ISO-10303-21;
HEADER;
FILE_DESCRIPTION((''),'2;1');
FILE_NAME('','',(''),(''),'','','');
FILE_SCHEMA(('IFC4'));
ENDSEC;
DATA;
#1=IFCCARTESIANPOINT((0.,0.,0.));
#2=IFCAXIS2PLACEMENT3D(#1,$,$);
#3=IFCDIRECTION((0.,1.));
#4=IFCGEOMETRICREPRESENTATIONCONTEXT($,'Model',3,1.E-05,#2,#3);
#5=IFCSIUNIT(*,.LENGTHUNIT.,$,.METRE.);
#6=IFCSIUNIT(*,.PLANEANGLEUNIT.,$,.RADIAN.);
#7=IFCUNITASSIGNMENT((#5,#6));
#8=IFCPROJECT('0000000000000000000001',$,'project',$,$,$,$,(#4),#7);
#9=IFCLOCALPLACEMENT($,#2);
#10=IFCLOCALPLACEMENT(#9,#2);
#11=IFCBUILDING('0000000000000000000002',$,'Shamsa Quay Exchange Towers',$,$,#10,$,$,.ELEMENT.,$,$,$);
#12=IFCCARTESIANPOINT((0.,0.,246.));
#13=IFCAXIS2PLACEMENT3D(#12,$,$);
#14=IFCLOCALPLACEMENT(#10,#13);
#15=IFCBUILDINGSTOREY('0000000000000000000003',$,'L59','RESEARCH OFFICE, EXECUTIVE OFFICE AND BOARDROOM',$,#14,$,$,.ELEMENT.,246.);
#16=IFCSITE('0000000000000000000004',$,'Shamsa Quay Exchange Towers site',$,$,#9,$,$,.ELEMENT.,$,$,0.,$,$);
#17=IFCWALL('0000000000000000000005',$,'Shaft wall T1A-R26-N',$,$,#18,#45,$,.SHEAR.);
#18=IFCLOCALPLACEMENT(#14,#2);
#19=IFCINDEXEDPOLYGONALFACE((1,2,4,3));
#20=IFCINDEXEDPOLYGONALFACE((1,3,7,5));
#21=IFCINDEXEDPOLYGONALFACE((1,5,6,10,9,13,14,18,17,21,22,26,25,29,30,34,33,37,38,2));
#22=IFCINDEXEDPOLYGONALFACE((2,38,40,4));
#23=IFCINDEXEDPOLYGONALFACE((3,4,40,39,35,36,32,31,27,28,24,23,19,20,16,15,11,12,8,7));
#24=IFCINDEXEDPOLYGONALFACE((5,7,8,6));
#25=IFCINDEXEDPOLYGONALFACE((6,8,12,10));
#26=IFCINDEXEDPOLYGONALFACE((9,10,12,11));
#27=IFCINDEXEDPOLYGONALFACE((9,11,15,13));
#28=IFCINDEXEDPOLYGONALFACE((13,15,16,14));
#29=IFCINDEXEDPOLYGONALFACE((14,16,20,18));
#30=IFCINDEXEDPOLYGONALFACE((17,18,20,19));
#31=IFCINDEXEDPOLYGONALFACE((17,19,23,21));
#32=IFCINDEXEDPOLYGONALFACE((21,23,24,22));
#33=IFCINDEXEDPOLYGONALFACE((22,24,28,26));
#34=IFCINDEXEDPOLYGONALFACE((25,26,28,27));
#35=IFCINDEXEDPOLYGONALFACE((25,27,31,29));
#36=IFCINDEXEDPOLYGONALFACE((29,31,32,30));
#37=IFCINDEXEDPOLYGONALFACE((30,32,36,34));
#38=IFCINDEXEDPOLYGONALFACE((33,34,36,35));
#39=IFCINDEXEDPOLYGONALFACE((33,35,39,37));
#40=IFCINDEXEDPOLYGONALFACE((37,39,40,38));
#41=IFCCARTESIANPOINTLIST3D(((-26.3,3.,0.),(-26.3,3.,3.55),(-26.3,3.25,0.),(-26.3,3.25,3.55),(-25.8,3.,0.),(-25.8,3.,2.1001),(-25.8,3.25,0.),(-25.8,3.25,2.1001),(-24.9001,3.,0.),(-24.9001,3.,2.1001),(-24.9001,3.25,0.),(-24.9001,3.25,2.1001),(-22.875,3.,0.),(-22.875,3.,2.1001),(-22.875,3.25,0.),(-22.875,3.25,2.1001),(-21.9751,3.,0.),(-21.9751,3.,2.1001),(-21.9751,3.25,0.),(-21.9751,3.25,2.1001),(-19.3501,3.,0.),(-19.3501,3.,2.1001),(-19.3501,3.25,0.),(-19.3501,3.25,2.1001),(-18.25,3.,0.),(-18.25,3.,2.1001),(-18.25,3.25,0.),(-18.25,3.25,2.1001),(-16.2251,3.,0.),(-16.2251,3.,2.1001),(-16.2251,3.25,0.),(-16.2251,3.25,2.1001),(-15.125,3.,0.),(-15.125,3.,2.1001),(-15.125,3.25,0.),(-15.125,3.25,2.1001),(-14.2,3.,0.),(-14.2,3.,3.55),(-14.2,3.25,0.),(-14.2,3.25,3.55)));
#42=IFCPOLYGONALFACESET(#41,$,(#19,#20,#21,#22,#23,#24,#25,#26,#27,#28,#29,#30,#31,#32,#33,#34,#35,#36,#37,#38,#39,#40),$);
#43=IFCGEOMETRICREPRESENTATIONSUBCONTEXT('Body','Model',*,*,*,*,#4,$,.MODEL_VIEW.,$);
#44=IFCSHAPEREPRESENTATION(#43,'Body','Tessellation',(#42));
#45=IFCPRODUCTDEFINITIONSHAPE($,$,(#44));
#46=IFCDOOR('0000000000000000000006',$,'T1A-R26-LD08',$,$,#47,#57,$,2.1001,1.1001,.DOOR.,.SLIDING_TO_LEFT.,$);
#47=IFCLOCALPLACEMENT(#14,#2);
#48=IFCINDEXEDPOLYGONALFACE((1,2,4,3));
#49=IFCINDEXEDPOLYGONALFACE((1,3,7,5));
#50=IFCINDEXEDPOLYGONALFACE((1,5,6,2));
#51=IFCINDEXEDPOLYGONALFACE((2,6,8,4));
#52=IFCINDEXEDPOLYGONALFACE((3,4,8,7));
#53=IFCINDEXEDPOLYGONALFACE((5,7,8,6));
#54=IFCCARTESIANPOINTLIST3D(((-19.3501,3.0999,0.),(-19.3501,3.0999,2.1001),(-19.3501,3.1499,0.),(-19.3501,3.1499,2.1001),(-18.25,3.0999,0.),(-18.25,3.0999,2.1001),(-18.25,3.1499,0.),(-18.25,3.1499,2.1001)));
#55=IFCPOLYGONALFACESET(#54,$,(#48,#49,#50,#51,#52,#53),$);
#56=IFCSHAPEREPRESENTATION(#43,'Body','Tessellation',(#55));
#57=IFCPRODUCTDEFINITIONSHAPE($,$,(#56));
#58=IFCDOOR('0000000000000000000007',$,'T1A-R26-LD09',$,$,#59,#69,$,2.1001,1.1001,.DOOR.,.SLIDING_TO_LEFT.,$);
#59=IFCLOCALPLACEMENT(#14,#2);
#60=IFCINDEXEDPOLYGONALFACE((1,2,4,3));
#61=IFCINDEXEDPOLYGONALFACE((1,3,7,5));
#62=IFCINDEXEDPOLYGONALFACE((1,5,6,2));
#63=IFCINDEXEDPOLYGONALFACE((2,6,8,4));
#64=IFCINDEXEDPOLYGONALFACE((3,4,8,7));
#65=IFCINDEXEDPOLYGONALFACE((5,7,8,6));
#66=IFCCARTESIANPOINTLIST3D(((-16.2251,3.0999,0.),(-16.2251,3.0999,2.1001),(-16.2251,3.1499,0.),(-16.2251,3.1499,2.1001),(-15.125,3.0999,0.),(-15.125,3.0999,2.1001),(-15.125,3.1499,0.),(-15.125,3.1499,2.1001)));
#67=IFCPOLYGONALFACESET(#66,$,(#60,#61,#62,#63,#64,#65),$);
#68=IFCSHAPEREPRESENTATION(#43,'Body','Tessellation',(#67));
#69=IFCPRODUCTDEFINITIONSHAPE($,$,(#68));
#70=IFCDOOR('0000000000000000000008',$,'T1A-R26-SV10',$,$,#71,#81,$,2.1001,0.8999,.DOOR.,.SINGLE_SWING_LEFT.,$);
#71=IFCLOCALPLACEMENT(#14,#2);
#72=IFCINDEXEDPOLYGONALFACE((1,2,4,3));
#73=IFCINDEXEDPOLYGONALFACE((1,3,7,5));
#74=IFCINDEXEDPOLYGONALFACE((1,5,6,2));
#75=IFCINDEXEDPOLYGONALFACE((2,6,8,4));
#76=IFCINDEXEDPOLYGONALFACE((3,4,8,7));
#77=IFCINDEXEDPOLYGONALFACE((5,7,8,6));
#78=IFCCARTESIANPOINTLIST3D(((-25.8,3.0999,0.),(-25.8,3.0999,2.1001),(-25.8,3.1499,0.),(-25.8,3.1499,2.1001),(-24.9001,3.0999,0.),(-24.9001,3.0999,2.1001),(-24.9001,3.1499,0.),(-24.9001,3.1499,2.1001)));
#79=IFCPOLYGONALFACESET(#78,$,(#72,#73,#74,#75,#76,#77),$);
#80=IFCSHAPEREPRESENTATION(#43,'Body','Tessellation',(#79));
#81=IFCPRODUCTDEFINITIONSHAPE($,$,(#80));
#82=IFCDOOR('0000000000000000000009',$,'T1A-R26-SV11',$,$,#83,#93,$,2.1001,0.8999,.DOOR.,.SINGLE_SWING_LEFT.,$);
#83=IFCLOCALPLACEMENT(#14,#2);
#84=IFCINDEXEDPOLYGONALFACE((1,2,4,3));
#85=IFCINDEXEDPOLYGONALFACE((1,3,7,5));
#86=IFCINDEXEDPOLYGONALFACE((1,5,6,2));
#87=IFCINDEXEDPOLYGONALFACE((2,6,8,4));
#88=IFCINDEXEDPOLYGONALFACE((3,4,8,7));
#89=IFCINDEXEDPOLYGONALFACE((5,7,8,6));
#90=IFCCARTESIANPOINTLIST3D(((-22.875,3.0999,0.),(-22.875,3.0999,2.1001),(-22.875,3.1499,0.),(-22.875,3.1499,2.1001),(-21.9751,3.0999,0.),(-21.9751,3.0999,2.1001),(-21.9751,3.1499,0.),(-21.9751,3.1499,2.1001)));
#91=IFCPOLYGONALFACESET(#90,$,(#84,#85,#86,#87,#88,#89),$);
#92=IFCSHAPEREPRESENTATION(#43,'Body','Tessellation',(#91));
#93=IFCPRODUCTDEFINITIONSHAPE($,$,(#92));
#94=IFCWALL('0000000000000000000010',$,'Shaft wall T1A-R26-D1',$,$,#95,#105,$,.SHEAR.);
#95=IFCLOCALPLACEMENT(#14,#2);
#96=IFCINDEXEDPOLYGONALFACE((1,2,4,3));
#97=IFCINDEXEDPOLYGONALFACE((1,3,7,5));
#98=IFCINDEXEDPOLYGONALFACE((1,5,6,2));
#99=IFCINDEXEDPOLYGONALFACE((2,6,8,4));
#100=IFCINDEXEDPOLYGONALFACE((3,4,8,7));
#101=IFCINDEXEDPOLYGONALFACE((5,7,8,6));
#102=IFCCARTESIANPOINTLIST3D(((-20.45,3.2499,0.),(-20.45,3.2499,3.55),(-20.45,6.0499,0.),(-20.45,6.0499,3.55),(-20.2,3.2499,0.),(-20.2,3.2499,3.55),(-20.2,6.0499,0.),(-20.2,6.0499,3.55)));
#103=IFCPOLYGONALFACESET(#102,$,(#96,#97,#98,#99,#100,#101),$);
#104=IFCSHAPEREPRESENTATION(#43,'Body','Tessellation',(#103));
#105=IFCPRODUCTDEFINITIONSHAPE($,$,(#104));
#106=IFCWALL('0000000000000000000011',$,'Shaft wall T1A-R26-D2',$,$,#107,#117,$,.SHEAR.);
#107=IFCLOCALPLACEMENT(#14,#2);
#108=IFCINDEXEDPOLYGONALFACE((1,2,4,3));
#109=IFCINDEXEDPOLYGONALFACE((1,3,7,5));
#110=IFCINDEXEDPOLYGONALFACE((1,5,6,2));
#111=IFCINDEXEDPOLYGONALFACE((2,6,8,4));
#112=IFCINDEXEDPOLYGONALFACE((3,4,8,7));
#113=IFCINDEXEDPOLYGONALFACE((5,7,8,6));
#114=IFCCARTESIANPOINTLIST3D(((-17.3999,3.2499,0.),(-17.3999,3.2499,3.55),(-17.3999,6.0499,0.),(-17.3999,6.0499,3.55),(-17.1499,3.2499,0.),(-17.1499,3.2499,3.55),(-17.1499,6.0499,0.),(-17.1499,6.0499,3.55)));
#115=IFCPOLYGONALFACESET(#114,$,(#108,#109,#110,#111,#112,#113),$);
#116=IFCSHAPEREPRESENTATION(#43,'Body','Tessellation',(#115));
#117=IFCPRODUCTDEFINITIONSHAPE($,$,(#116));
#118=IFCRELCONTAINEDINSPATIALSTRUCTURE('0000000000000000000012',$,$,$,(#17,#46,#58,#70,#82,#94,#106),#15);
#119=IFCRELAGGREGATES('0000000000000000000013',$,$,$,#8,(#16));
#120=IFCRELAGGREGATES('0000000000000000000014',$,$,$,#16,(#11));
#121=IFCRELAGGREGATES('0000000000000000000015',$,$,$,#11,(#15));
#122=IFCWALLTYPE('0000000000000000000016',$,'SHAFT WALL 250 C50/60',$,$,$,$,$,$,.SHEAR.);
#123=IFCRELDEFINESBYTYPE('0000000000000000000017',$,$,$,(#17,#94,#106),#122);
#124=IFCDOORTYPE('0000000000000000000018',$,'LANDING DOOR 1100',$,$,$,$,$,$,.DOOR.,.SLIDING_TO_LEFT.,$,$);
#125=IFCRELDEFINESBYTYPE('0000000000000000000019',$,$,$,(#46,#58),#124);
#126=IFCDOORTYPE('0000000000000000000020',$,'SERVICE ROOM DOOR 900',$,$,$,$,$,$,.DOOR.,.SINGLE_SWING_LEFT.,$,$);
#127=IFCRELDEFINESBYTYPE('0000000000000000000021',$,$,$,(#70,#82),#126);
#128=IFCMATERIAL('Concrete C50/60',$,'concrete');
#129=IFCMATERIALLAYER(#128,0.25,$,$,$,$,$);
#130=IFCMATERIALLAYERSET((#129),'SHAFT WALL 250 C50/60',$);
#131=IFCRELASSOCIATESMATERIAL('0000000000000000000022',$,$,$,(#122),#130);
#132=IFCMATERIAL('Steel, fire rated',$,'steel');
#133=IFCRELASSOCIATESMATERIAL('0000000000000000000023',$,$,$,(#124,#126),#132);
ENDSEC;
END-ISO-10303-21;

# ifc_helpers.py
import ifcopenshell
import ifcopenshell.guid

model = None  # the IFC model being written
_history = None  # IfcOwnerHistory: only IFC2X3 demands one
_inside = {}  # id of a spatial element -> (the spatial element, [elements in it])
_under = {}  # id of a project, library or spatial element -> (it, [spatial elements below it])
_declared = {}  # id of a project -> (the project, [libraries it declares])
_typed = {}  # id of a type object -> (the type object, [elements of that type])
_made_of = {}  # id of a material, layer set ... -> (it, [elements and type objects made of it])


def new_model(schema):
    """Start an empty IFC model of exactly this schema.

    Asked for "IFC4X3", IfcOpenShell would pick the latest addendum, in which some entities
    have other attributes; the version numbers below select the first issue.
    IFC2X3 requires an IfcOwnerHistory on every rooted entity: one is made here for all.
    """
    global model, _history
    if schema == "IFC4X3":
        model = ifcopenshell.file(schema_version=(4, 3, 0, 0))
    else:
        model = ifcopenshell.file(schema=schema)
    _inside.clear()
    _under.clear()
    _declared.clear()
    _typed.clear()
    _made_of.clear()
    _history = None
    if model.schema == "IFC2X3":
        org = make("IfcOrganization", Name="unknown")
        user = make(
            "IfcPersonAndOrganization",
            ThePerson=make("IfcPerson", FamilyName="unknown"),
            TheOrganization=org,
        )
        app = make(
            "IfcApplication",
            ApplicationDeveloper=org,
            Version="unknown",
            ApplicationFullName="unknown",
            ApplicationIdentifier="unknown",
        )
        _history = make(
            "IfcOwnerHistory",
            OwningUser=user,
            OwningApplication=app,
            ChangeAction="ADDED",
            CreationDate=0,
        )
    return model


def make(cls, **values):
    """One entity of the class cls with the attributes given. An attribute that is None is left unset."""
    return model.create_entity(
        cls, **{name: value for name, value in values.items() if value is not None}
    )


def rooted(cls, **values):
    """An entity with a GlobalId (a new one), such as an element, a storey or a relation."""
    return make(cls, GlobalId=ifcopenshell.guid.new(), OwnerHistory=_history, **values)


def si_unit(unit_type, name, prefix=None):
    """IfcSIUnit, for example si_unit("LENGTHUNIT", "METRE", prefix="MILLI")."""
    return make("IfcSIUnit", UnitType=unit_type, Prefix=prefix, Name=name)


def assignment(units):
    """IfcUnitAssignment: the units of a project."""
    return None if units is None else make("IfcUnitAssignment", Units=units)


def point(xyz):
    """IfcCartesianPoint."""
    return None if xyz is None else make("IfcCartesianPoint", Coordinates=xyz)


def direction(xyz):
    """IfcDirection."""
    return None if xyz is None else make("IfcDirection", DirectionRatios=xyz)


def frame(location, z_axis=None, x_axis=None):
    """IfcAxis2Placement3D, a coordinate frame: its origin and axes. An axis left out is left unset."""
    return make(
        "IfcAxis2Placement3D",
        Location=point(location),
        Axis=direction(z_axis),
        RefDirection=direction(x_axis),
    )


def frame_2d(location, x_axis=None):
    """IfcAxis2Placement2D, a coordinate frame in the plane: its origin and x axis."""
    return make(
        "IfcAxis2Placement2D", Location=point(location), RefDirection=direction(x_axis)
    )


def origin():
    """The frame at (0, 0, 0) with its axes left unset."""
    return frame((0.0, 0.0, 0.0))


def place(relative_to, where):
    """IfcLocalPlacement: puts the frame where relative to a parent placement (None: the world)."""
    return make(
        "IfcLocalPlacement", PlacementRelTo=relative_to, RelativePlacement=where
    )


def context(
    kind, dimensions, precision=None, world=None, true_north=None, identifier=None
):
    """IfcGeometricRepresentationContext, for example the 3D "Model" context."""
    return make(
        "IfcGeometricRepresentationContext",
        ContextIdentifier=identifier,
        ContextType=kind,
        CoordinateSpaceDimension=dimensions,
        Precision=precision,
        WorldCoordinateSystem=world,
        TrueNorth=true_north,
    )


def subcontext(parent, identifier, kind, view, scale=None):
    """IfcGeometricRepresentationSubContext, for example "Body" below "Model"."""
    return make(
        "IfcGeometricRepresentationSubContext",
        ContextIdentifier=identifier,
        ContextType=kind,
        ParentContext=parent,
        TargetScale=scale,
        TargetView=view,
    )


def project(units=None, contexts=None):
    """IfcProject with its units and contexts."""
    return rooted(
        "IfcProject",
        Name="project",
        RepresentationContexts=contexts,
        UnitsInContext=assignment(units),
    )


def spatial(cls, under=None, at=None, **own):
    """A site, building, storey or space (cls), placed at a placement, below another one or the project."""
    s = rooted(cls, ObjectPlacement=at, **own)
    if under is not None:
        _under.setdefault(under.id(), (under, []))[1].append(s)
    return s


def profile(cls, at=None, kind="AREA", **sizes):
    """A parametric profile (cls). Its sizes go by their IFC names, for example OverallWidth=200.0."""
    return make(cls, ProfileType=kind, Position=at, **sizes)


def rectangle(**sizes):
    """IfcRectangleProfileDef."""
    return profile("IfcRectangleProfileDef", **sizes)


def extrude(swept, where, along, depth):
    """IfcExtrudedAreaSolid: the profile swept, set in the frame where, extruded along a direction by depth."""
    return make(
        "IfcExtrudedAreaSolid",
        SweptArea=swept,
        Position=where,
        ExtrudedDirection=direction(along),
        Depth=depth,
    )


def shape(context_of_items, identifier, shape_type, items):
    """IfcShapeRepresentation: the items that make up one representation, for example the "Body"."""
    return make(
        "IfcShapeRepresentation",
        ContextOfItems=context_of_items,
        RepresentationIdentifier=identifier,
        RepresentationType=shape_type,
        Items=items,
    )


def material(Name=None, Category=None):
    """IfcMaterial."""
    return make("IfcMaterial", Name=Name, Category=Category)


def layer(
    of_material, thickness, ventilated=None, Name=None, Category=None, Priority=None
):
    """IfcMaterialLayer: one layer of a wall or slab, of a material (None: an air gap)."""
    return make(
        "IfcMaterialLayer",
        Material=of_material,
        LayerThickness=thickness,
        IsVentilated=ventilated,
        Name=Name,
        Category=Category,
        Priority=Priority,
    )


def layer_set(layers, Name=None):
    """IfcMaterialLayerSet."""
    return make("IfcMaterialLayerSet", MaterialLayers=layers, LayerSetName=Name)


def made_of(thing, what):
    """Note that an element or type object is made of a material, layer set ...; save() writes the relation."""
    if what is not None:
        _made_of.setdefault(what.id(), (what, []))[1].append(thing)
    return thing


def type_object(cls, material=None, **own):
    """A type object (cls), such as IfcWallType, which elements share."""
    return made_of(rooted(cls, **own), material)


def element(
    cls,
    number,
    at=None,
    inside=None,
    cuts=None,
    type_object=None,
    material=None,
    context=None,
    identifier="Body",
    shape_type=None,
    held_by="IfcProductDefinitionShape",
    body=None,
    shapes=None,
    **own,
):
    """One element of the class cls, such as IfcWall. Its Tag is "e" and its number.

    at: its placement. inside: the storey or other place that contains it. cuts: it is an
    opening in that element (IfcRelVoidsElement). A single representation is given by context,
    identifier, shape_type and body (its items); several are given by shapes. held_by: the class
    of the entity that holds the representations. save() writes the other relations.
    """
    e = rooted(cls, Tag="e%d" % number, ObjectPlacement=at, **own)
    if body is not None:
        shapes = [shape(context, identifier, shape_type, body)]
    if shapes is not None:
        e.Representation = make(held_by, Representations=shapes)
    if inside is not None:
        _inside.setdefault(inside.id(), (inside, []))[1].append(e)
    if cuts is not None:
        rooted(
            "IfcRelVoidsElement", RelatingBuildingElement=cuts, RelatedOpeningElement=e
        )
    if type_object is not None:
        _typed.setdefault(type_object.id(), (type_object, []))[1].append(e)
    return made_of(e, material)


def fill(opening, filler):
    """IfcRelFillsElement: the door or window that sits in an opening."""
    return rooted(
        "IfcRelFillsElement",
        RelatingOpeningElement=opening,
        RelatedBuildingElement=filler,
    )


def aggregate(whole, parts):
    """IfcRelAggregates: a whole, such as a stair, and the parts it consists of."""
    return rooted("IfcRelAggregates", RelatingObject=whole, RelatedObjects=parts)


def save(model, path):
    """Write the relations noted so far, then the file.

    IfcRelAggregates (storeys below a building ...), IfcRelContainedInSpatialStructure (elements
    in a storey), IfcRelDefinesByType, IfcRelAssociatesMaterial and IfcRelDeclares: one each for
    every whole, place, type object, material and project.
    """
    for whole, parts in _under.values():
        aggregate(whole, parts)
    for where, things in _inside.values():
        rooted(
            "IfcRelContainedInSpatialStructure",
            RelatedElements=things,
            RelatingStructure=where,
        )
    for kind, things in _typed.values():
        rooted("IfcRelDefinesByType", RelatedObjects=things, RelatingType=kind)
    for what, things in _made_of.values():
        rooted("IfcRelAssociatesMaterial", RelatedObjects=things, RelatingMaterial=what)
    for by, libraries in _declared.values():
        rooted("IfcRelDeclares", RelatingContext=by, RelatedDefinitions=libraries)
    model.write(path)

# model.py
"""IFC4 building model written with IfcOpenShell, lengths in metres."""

from ifc_helpers import new_model, si_unit, direction, frame, frame_2d, origin, place, context, subcontext, project, spatial, rectangle, extrude, material, layer, layer_set, type_object, element, fill, save


model = new_model("IFC4")

# Units and contexts
model_context = context("Model", 3, precision=1e-05, world=origin(), true_north=direction((0.0, 1.0)))
body_context = subcontext(model_context, "Body", "Model", "MODEL_VIEW")
ifc_project = project(units=[si_unit("LENGTHUNIT", "METRE"), si_unit("PLANEANGLEUNIT", "RADIAN")], contexts=[model_context])

# Site, building, storey
site_placement = place(None, origin())
site = spatial("IfcSite", under=ifc_project, at=site_placement, Name="Shamsa Quay Exchange Towers site", CompositionType="ELEMENT", RefElevation=0.0)
building_placement = place(site_placement, origin())
building = spatial("IfcBuilding", under=site, at=building_placement, Name="Shamsa Quay Exchange Towers", CompositionType="ELEMENT")
storey_placement = place(building_placement, frame((0.0, 0.0, 246.0)))
storey = spatial("IfcBuildingStorey", under=building, at=storey_placement, Name="L59", Description="RESEARCH OFFICE, EXECUTIVE OFFICE AND BOARDROOM", CompositionType="ELEMENT", Elevation=246.0)

# Shared definitions
ifc_material_1 = material(Name="Steel, fire rated", Category="steel")

# Wall, openings, doors
ifc_material_2 = material(Name="Concrete C50/60", Category="concrete")
ifc_layer_1 = layer(ifc_material_2, 0.25)
ifc_layer_set_1 = layer_set([ifc_layer_1], Name="SHAFT WALL 250 C50/60")
wall_type_1 = type_object("IfcWallType", Name="SHAFT WALL 250 C50/60", PredefinedType="SHEAR", material=ifc_layer_set_1)
wall_1_placement = place(storey_placement, frame((-26.3, 3.125, 0.0)))
wall_1 = element("IfcWall", 1, at=wall_1_placement, inside=storey, type_object=wall_type_1, Name="Shaft wall T1A-R26-N", PredefinedType="SHEAR", context=body_context, shape_type="SweptSolid", body=[
    extrude(rectangle(XDim=12.1001, YDim=0.25, at=frame_2d((6.05, 0.0))), origin(), (0.0, 0.0, 1.0), 3.55),
])
opening_1_placement = place(wall_1_placement, frame((6.95, 0.0, 0.0)))
opening_1 = element("IfcOpeningElement", 2, at=opening_1_placement, cuts=wall_1, PredefinedType="OPENING", context=body_context, shape_type="SweptSolid", body=[
    extrude(rectangle(XDim=1.1001, YDim=2.1001, at=frame_2d((0.55, 1.05))), frame((0.0, 0.135, 0.0), z_axis=(0.0, -1.0, 0.0), x_axis=(1.0, 0.0, 0.0)), (0.0, 0.0, 1.0), 0.27),
])
opening_2_placement = place(wall_1_placement, frame((10.075, 0.0, 0.0)))
opening_2 = element("IfcOpeningElement", 3, at=opening_2_placement, cuts=wall_1, PredefinedType="OPENING", context=body_context, shape_type="SweptSolid", body=[
    extrude(rectangle(XDim=1.1001, YDim=2.1001, at=frame_2d((0.55, 1.05))), frame((0.0, 0.135, 0.0), z_axis=(0.0, -1.0, 0.0), x_axis=(1.0, 0.0, 0.0)), (0.0, 0.0, 1.0), 0.27),
])
opening_3_placement = place(wall_1_placement, frame((0.5, 0.0, 0.0)))
opening_3 = element("IfcOpeningElement", 4, at=opening_3_placement, cuts=wall_1, PredefinedType="OPENING", context=body_context, shape_type="SweptSolid", body=[
    extrude(rectangle(XDim=0.8999, YDim=2.1001, at=frame_2d((0.45, 1.05))), frame((0.0, 0.135, 0.0), z_axis=(0.0, -1.0, 0.0), x_axis=(1.0, 0.0, 0.0)), (0.0, 0.0, 1.0), 0.27),
])
opening_4_placement = place(wall_1_placement, frame((3.425, 0.0, 0.0)))
opening_4 = element("IfcOpeningElement", 5, at=opening_4_placement, cuts=wall_1, PredefinedType="OPENING", context=body_context, shape_type="SweptSolid", body=[
    extrude(rectangle(XDim=0.8999, YDim=2.1001, at=frame_2d((0.45, 1.05))), frame((0.0, 0.135, 0.0), z_axis=(0.0, -1.0, 0.0), x_axis=(1.0, 0.0, 0.0)), (0.0, 0.0, 1.0), 0.27),
])
door_type_1 = type_object("IfcDoorType", Name="LANDING DOOR 1100", OperationType="SLIDING_TO_LEFT", PredefinedType="DOOR", material=ifc_material_1)
door_1_placement = place(opening_1_placement, origin())
door_1 = element("IfcDoor", 6, at=door_1_placement, inside=storey, type_object=door_type_1, Name="T1A-R26-LD08", OperationType="SLIDING_TO_LEFT", OverallHeight=2.1001, OverallWidth=1.1001, PredefinedType="DOOR", context=body_context, shape_type="SweptSolid", body=[
    extrude(rectangle(XDim=1.1001, YDim=2.1001, at=frame_2d((0.55, 1.05))), frame((0.0, 0.0249, 0.0), z_axis=(0.0, -1.0, 0.0), x_axis=(1.0, 0.0, 0.0)), (0.0, 0.0, 1.0), 0.05),
])
fill(opening_1, door_1)
door_2_placement = place(opening_2_placement, origin())
door_2 = element("IfcDoor", 7, at=door_2_placement, inside=storey, type_object=door_type_1, Name="T1A-R26-LD09", OperationType="SLIDING_TO_LEFT", OverallHeight=2.1001, OverallWidth=1.1001, PredefinedType="DOOR", context=body_context, shape_type="SweptSolid", body=[
    extrude(rectangle(XDim=1.1001, YDim=2.1001, at=frame_2d((0.55, 1.05))), frame((0.0, 0.0249, 0.0), z_axis=(0.0, -1.0, 0.0), x_axis=(1.0, 0.0, 0.0)), (0.0, 0.0, 1.0), 0.05),
])
fill(opening_2, door_2)
door_type_2 = type_object("IfcDoorType", Name="SERVICE ROOM DOOR 900", OperationType="SINGLE_SWING_LEFT", PredefinedType="DOOR", material=ifc_material_1)
door_3_placement = place(opening_3_placement, origin())
door_3 = element("IfcDoor", 8, at=door_3_placement, inside=storey, type_object=door_type_2, Name="T1A-R26-SV10", OperationType="SINGLE_SWING_LEFT", OverallHeight=2.1001, OverallWidth=0.8999, PredefinedType="DOOR", context=body_context, shape_type="SweptSolid", body=[
    extrude(rectangle(XDim=0.8999, YDim=2.1001, at=frame_2d((0.45, 1.05))), frame((0.0, 0.0249, 0.0), z_axis=(0.0, -1.0, 0.0), x_axis=(1.0, 0.0, 0.0)), (0.0, 0.0, 1.0), 0.05),
])
fill(opening_3, door_3)
door_4_placement = place(opening_4_placement, origin())
door_4 = element("IfcDoor", 9, at=door_4_placement, inside=storey, type_object=door_type_2, Name="T1A-R26-SV11", OperationType="SINGLE_SWING_LEFT", OverallHeight=2.1001, OverallWidth=0.8999, PredefinedType="DOOR", context=body_context, shape_type="SweptSolid", body=[
    extrude(rectangle(XDim=0.8999, YDim=2.1001, at=frame_2d((0.45, 1.05))), frame((0.0, 0.0249, 0.0), z_axis=(0.0, -1.0, 0.0), x_axis=(1.0, 0.0, 0.0)), (0.0, 0.0, 1.0), 0.05),
])
fill(opening_4, door_4)

# Walls
for number, where, z_axis, x_axis, name in (
    (10, (-20.325, 3.25, 0.0), (0.0, 0.0, 1.0), (0.0, 1.0, 0.0), "Shaft wall T1A-R26-D1"),
    (11, (-17.2749, 3.25, 0.0), (0.0, 0.0, 1.0), (0.0, 1.0, 0.0), "Shaft wall T1A-R26-D2"),
):
    element("IfcWall", number, at=place(storey_placement, frame(where, z_axis=z_axis, x_axis=x_axis)), inside=storey, type_object=wall_type_1, Name=name, PredefinedType="SHEAR", context=body_context, shape_type="SweptSolid", body=[
        extrude(rectangle(XDim=2.8, YDim=0.25, at=frame_2d((1.3999, 0.0))), origin(), (0.0, 0.0, 1.0), 3.55),
    ])

save(model, "model.ifc")
